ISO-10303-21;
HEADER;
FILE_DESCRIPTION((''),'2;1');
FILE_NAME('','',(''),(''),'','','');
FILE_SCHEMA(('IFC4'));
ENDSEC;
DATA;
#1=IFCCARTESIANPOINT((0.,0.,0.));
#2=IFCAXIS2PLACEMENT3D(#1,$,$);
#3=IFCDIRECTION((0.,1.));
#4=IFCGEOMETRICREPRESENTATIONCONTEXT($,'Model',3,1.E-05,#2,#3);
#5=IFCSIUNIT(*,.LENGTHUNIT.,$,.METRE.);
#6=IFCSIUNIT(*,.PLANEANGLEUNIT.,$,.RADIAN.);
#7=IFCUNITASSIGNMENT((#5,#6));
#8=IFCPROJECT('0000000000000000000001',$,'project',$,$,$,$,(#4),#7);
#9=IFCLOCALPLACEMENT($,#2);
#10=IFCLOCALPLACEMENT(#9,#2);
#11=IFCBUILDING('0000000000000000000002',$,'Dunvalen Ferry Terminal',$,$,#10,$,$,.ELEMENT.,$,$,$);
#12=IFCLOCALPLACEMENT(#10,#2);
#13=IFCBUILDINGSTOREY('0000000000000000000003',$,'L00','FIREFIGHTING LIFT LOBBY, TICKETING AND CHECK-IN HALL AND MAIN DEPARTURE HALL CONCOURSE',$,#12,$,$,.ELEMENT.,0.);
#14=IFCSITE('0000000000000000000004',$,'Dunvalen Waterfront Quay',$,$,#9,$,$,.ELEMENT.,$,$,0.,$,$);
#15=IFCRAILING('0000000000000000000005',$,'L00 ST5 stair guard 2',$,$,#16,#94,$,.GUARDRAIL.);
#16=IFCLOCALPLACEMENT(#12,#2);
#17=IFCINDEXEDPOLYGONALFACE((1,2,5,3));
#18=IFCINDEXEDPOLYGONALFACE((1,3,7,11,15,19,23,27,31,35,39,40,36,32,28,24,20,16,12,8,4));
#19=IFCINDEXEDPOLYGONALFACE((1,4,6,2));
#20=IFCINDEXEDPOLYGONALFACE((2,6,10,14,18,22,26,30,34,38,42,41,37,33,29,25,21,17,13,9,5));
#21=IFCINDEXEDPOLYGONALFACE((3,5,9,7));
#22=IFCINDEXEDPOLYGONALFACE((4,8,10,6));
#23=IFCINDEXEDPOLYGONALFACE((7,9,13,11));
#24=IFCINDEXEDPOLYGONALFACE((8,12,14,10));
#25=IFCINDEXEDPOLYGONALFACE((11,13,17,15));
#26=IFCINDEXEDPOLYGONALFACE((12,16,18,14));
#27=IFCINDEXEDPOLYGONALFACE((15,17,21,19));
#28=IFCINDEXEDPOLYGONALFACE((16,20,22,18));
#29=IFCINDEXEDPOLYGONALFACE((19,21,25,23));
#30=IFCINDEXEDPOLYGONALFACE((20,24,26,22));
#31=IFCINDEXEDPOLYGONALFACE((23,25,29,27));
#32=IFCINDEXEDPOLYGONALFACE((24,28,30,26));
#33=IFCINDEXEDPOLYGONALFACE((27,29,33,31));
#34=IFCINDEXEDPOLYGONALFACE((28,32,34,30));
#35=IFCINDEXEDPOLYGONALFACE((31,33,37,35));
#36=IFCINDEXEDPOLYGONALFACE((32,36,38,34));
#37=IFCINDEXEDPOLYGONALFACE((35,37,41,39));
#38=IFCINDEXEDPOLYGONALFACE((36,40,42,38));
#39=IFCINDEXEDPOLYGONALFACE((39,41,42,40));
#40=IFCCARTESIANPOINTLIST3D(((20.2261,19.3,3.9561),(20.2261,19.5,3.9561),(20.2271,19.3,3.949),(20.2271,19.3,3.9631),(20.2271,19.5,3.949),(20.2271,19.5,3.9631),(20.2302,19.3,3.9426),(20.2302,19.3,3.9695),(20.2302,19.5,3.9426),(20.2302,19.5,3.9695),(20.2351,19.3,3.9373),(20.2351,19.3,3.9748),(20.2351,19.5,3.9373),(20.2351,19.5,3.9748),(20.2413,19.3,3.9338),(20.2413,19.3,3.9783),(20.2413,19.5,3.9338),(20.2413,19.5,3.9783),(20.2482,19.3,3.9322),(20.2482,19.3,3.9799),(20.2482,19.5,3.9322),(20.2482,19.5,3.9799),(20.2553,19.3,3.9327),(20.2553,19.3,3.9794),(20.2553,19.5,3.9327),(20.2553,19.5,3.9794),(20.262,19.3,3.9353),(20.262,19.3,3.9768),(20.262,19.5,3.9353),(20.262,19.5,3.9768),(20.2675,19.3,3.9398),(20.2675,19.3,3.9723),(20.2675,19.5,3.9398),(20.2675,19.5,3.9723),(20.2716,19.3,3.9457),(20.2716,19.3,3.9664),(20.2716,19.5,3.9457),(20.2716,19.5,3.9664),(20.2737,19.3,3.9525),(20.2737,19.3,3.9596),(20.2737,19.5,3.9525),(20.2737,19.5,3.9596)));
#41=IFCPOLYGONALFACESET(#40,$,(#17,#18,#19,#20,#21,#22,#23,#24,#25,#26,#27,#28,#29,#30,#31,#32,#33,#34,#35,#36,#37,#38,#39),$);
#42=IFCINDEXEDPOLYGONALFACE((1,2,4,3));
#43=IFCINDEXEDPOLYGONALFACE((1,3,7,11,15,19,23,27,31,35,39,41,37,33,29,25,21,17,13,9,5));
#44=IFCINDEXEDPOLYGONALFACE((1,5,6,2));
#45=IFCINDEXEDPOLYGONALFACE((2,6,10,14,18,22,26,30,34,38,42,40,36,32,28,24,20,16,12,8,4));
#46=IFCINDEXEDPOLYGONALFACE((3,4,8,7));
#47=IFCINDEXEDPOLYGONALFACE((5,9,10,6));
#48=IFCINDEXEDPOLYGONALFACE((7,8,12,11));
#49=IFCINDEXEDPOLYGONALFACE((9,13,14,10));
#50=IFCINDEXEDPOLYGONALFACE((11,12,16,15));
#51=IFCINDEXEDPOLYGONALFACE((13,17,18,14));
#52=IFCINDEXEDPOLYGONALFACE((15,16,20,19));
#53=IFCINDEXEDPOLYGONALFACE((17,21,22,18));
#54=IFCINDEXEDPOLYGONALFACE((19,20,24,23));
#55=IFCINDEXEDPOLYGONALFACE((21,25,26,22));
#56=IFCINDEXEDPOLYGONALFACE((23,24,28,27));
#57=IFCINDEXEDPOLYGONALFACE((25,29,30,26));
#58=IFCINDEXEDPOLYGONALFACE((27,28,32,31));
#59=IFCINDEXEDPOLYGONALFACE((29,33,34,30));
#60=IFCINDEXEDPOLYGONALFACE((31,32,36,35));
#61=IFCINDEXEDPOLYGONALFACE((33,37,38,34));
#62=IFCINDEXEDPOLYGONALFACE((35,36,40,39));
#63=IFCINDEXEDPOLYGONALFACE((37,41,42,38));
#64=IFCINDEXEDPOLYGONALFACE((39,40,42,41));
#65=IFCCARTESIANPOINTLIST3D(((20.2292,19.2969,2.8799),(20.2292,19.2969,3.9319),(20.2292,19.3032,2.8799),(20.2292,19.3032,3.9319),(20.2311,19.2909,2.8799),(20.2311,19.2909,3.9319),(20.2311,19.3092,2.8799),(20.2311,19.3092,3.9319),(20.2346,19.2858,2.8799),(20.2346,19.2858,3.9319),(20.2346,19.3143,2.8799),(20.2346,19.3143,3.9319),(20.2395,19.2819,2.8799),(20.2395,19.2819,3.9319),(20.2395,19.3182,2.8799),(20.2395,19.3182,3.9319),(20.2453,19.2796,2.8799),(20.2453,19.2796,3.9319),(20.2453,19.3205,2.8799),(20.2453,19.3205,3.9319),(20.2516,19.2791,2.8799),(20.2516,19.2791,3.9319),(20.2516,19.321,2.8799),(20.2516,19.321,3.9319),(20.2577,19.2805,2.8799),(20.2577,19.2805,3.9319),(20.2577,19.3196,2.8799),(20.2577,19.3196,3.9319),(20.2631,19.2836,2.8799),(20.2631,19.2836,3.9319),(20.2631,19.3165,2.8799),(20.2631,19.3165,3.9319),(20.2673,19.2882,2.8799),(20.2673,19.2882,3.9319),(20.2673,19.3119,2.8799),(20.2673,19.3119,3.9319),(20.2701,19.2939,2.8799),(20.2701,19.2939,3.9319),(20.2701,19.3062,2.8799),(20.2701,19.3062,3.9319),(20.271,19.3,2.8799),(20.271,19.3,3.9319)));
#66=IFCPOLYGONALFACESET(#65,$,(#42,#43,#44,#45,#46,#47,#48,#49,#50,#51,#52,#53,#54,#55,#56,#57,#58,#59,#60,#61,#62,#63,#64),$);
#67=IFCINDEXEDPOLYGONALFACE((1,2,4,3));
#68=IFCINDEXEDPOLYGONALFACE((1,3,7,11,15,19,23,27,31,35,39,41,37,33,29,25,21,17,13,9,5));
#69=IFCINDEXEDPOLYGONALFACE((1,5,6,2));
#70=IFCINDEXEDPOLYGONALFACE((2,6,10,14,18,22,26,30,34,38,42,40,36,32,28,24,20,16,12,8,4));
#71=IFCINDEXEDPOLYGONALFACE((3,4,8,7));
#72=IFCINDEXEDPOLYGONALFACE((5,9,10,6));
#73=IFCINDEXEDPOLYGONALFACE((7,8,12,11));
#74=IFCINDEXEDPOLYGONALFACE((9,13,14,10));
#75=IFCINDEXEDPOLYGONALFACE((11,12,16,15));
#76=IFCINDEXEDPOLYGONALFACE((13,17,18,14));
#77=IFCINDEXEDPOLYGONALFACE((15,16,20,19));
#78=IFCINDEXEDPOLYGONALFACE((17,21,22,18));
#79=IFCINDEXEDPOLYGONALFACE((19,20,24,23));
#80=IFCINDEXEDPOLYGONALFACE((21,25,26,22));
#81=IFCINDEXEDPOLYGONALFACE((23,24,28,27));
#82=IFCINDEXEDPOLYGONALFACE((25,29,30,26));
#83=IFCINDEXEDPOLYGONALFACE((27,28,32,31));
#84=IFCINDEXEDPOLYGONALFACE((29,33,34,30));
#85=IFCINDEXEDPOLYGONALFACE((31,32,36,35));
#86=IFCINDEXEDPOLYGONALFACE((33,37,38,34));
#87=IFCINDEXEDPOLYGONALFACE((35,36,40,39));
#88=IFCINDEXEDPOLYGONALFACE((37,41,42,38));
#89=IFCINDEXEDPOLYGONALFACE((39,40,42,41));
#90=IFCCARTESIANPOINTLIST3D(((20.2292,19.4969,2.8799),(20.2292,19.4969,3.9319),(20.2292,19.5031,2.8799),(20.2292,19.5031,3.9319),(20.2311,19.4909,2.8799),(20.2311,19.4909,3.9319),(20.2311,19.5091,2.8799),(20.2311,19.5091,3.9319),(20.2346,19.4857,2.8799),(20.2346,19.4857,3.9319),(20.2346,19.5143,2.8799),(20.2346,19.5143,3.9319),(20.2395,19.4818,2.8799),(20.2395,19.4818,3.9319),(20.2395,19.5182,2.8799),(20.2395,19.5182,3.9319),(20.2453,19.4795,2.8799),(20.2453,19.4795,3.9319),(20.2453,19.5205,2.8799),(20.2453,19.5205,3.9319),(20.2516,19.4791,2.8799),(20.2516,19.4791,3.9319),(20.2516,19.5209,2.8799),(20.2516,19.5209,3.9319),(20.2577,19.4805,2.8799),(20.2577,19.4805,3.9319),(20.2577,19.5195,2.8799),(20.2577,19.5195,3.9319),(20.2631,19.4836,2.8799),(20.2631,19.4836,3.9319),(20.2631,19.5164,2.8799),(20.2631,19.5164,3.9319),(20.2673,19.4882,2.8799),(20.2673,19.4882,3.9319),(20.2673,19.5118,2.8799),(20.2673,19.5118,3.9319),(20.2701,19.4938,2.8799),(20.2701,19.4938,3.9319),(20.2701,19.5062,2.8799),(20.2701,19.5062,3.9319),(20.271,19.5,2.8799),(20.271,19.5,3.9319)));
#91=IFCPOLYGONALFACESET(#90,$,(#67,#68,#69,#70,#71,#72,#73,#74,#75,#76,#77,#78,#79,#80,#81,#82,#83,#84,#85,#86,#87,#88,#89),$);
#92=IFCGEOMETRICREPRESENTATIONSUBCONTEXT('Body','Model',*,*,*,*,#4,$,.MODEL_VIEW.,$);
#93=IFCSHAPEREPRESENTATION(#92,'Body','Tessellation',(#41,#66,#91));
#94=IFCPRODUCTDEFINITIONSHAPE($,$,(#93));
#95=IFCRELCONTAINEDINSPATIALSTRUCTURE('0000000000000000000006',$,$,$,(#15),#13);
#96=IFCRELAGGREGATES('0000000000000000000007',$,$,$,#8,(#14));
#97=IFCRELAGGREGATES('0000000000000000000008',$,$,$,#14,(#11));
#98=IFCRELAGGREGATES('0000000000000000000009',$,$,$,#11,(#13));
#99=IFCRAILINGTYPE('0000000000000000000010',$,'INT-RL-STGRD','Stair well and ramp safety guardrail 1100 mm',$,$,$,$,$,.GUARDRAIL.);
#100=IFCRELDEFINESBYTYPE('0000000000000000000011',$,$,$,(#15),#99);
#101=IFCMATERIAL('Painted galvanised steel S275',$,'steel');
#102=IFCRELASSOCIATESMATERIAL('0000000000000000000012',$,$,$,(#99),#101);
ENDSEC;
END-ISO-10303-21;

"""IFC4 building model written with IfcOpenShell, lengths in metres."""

from ifc_helpers import new_model, si_unit, direction, frame, origin, origin_2d, place, context, subcontext, project, spatial, circle, extrude, material, type_object, element, save


model = new_model("IFC4")

# Units and contexts
model_context = context("Model", 3, precision=1e-05, world=origin(), true_north=direction((0.0, 1.0)))
body_context = subcontext(model_context, "Body", "Model", "MODEL_VIEW")
ifc_project = project(units=[si_unit("LENGTHUNIT", "METRE"), si_unit("PLANEANGLEUNIT", "RADIAN")], contexts=[model_context])

# Site, building, storey
site_placement = place(None, origin())
site = spatial("IfcSite", under=ifc_project, at=site_placement, Name="Dunvalen Waterfront Quay", CompositionType="ELEMENT", RefElevation=0.0)
building_placement = place(site_placement, origin())
building = spatial("IfcBuilding", under=site, at=building_placement, Name="Dunvalen Ferry Terminal", CompositionType="ELEMENT")
storey_placement = place(building_placement, origin())
storey = spatial("IfcBuildingStorey", under=building, at=storey_placement, Name="L00", Description="FIREFIGHTING LIFT LOBBY, TICKETING AND CHECK-IN HALL AND MAIN DEPARTURE HALL CONCOURSE", CompositionType="ELEMENT", Elevation=0.0)

# Railing
ifc_material_1 = material(Name="Painted galvanised steel S275", Category="steel")
railing_type_1 = type_object("IfcRailingType", Name="INT-RL-STGRD", Description="Stair well and ramp safety guardrail 1100 mm", PredefinedType="GUARDRAIL", material=ifc_material_1)
railing_1_placement = place(storey_placement, frame((20.25, 19.3, 2.8799)))
element("IfcRailing", 1, at=railing_1_placement, inside=storey, type_object=railing_type_1, Name="L00 ST5 stair guard 2", PredefinedType="GUARDRAIL", context=body_context, shape_type="SweptSolid", body=[
    extrude(circle(Radius=0.0239, at=origin_2d()), frame((0.0, 0.0, 1.0762), z_axis=(0.0, 1.0, 0.0), x_axis=(-1.0, 0.0, 0.0)), (0.0, 0.0, 1.0), 0.2),
    extrude(circle(Radius=0.021, at=origin_2d()), origin(), (0.0, 0.0, 1.0), 1.052),
    extrude(circle(Radius=0.021, at=origin_2d()), frame((0.0, 0.2, 0.0)), (0.0, 0.0, 1.0), 1.052),
])

save(model, "model.ifc")
